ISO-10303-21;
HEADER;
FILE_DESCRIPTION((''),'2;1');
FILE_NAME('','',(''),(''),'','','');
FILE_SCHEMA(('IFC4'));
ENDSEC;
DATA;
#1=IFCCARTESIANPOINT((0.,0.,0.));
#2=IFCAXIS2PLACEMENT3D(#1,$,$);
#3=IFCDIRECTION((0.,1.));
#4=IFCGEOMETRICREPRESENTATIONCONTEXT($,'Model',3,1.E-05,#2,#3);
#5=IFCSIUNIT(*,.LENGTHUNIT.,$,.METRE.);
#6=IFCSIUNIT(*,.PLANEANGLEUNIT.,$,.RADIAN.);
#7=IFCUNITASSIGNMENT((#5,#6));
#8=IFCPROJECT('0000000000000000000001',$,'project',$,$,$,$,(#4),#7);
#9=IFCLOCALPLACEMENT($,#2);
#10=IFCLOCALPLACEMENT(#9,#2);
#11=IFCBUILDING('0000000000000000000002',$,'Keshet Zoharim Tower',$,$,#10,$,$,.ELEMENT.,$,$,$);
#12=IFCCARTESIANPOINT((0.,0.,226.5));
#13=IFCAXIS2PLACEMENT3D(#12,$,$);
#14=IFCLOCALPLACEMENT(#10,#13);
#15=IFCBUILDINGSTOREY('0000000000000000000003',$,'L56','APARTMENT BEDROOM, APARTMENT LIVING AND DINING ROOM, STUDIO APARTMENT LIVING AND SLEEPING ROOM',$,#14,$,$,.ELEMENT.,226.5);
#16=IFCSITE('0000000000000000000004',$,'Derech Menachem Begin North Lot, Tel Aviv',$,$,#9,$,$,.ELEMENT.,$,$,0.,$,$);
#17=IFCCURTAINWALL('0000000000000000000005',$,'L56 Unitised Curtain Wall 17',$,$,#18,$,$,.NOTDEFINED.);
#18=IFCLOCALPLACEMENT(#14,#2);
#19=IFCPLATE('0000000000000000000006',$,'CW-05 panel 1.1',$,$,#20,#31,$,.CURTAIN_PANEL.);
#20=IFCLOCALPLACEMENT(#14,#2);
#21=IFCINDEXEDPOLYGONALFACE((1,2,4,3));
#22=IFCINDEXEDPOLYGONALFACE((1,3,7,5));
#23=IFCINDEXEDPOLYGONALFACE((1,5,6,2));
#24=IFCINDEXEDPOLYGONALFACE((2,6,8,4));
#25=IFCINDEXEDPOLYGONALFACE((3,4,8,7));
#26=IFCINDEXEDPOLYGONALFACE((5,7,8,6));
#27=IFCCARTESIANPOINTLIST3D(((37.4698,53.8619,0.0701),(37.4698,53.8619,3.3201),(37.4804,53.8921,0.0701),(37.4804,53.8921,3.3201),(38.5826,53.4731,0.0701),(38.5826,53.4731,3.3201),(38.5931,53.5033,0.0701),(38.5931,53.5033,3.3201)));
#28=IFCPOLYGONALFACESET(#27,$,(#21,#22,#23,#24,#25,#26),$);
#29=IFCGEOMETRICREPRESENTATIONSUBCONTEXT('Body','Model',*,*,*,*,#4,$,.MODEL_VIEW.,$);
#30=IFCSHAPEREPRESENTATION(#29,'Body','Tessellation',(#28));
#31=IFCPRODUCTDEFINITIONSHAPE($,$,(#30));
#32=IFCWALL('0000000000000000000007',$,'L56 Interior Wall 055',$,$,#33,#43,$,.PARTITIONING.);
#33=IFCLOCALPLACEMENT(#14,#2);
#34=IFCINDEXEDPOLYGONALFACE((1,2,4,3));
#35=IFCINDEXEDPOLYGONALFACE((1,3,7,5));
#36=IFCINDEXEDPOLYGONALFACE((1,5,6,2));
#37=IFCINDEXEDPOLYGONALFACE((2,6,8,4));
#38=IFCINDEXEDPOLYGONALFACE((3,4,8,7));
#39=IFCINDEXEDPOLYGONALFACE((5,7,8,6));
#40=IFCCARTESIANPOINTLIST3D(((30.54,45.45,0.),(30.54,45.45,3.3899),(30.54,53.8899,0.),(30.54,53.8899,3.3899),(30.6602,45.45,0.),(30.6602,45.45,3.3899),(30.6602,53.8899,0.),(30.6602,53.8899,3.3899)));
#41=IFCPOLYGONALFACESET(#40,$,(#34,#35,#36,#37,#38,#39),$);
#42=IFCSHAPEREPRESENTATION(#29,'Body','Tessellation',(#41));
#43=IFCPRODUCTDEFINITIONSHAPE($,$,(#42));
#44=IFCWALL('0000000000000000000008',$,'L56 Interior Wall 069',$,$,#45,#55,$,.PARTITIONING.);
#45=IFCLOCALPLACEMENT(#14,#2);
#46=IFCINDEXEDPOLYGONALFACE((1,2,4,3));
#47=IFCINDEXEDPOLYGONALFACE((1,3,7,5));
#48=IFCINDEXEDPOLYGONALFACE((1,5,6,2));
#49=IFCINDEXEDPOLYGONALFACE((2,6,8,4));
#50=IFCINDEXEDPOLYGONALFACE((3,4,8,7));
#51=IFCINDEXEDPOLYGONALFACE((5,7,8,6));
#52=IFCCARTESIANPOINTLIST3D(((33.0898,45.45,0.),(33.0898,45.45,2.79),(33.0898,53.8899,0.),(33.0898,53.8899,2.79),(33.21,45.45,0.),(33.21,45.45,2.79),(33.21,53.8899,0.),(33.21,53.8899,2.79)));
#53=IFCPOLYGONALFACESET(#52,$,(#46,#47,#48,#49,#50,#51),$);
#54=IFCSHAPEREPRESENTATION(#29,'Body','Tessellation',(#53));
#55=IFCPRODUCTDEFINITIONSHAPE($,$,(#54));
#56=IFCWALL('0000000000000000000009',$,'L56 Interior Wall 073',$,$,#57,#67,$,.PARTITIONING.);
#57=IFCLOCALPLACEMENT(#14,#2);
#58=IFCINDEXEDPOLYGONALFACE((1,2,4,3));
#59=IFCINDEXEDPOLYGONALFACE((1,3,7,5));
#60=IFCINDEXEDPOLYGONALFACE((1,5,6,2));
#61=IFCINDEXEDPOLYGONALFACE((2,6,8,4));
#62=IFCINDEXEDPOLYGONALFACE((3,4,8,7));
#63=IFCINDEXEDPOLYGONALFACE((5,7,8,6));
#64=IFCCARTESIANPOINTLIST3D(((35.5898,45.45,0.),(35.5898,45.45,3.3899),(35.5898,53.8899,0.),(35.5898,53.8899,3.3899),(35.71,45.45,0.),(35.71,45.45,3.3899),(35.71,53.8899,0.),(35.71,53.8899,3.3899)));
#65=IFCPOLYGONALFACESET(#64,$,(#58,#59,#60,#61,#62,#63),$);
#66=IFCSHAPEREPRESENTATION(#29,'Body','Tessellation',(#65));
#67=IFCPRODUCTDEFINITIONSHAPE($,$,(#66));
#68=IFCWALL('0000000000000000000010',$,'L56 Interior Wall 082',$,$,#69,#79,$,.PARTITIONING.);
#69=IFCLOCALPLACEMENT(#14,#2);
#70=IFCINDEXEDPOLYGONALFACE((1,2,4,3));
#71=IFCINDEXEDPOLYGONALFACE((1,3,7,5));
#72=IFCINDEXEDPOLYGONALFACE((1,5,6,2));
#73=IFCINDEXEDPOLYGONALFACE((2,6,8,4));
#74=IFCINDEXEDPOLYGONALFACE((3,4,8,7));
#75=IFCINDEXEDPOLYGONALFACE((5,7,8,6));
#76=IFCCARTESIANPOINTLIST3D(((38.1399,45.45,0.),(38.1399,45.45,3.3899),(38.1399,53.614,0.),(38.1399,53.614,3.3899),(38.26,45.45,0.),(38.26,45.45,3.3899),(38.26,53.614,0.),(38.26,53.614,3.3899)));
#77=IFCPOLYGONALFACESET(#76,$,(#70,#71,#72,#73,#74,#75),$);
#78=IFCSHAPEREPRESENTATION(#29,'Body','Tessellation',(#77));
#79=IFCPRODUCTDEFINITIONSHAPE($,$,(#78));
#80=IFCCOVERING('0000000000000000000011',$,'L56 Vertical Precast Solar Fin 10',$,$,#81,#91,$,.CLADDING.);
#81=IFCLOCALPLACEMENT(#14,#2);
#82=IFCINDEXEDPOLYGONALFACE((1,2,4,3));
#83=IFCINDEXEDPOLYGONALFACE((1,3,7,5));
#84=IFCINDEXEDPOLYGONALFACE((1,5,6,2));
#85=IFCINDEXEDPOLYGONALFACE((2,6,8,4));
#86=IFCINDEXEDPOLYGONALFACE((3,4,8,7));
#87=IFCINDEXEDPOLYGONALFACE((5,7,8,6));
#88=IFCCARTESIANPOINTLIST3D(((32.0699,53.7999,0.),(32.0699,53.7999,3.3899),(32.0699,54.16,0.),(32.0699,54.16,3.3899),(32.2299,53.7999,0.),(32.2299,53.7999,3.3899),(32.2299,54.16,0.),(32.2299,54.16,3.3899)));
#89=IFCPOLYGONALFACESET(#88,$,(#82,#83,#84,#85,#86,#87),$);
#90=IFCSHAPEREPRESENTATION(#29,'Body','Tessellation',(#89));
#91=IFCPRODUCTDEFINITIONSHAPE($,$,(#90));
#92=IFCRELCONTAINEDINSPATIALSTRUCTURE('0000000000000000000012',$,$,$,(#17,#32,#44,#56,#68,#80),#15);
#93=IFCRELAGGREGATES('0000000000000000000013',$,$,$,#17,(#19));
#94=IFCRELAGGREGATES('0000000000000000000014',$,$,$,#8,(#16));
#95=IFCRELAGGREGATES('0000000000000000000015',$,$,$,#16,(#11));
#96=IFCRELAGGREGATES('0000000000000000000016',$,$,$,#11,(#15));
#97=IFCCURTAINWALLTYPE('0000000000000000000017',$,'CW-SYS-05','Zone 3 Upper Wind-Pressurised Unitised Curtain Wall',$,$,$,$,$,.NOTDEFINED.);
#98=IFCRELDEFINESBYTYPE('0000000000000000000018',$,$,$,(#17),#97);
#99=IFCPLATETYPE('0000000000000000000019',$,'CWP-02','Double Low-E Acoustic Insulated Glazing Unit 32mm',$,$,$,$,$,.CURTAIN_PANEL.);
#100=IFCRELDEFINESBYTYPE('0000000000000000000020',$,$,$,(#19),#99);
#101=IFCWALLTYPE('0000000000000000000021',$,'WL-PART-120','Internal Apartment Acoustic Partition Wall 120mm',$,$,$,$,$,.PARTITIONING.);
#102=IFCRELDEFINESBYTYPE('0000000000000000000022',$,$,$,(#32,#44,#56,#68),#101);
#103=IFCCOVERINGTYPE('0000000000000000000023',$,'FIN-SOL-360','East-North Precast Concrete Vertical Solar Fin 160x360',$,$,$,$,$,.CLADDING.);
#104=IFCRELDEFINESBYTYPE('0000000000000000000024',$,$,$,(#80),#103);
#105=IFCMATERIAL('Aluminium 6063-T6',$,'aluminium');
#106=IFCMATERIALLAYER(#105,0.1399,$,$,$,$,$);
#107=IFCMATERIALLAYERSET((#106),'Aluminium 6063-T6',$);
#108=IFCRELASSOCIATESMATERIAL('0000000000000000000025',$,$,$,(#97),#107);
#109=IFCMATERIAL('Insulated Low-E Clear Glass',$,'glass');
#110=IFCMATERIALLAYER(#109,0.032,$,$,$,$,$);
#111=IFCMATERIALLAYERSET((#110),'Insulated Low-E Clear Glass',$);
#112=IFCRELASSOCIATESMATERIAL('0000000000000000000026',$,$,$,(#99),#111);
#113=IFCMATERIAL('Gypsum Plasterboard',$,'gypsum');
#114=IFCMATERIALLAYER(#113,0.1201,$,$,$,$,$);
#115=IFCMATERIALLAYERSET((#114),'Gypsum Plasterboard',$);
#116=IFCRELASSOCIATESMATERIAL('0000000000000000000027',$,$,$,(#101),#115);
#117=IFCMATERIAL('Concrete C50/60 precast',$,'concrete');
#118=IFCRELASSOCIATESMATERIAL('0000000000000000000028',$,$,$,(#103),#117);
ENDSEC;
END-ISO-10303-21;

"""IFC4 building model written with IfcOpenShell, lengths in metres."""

from ifc_helpers import new_model, si_unit, direction, frame, frame_2d, origin, origin_2d, place, context, subcontext, project, spatial, rectangle, extrude, material, layer, layer_set, type_object, element, aggregate, save


model = new_model("IFC4")

# Units and contexts
model_context = context("Model", 3, precision=1e-05, world=origin(), true_north=direction((0.0, 1.0)))
body_context = subcontext(model_context, "Body", "Model", "MODEL_VIEW")
ifc_project = project(units=[si_unit("LENGTHUNIT", "METRE"), si_unit("PLANEANGLEUNIT", "RADIAN")], contexts=[model_context])

# Site, building, storey
site_placement = place(None, origin())
site = spatial("IfcSite", under=ifc_project, at=site_placement, Name="Derech Menachem Begin North Lot, Tel Aviv", CompositionType="ELEMENT", RefElevation=0.0)
building_placement = place(site_placement, origin())
building = spatial("IfcBuilding", under=site, at=building_placement, Name="Keshet Zoharim Tower", CompositionType="ELEMENT")
storey_placement = place(building_placement, frame((0.0, 0.0, 226.5)))
storey = spatial("IfcBuildingStorey", under=building, at=storey_placement, Name="L56", Description="APARTMENT BEDROOM, APARTMENT LIVING AND DINING ROOM, STUDIO APARTMENT LIVING AND SLEEPING ROOM", CompositionType="ELEMENT", Elevation=226.5)

# Shared definitions
ifc_material_1 = material(Name="Aluminium 6063-T6", Category="aluminium")
ifc_layer_1 = layer(ifc_material_1, 0.1399)
ifc_layer_set_1 = layer_set([ifc_layer_1], Name="Aluminium 6063-T6")
curtain_wall_type = type_object("IfcCurtainWallType", Name="CW-SYS-05", Description="Zone 3 Upper Wind-Pressurised Unitised Curtain Wall", PredefinedType="NOTDEFINED", material=ifc_layer_set_1)

# Curtain wall
curtain_wall_1_placement = place(storey_placement, origin())
curtain_wall_1 = element("IfcCurtainWall", 1, at=curtain_wall_1_placement, inside=storey, type_object=curtain_wall_type, Name="L56 Unitised Curtain Wall 17", PredefinedType="NOTDEFINED")

# Plate
ifc_material_2 = material(Name="Insulated Low-E Clear Glass", Category="glass")
ifc_layer_2 = layer(ifc_material_2, 0.032)
ifc_layer_set_2 = layer_set([ifc_layer_2], Name="Insulated Low-E Clear Glass")
plate_type = type_object("IfcPlateType", Name="CWP-02", Description="Double Low-E Acoustic Insulated Glazing Unit 32mm", PredefinedType="CURTAIN_PANEL", material=ifc_layer_set_2)
plate_1_placement = place(storey_placement, frame((38.0315, 53.6826, 0.0701), z_axis=(0.0, 0.0, 1.0), x_axis=(0.944036, -0.329844, 0.0)))
plate_1 = element("IfcPlate", 2, at=plate_1_placement, type_object=plate_type, Name="CW-05 panel 1.1", PredefinedType="CURTAIN_PANEL", context=body_context, shape_type="SweptSolid", body=[
    extrude(rectangle(XDim=1.1787, YDim=0.032, at=origin_2d()), origin(), (0.0, 0.0, 1.0), 3.25),
])
aggregate(curtain_wall_1, [plate_1])

# Walls
ifc_material_3 = material(Name="Gypsum Plasterboard", Category="gypsum")
ifc_layer_3 = layer(ifc_material_3, 0.1201)
ifc_layer_set_3 = layer_set([ifc_layer_3], Name="Gypsum Plasterboard")
wall_type = type_object("IfcWallType", Name="WL-PART-120", Description="Internal Apartment Acoustic Partition Wall 120mm", PredefinedType="PARTITIONING", material=ifc_layer_set_3)
wall_1_placement = place(storey_placement, frame((30.6001, 45.45, 0.0), z_axis=(0.0, 0.0, 1.0), x_axis=(0.0, 1.0, 0.0)))
element("IfcWall", 3, at=wall_1_placement, inside=storey, type_object=wall_type, Name="L56 Interior Wall 055", PredefinedType="PARTITIONING", context=body_context, shape_type="SweptSolid", body=[
    extrude(rectangle(XDim=8.4399, YDim=0.1201, at=frame_2d((4.22, 0.0))), origin(), (0.0, 0.0, 1.0), 3.3899),
])
wall_2_placement = place(storey_placement, frame((33.1499, 45.45, 0.0), z_axis=(0.0, 0.0, 1.0), x_axis=(0.0, 1.0, 0.0)))
element("IfcWall", 4, at=wall_2_placement, inside=storey, type_object=wall_type, Name="L56 Interior Wall 069", PredefinedType="PARTITIONING", context=body_context, shape_type="SweptSolid", body=[
    extrude(rectangle(XDim=8.4399, YDim=0.1201, at=frame_2d((4.22, 0.0))), origin(), (0.0, 0.0, 1.0), 2.79),
])
wall_3_placement = place(storey_placement, frame((35.6499, 45.45, 0.0), z_axis=(0.0, 0.0, 1.0), x_axis=(0.0, 1.0, 0.0)))
element("IfcWall", 5, at=wall_3_placement, inside=storey, type_object=wall_type, Name="L56 Interior Wall 073", PredefinedType="PARTITIONING", context=body_context, shape_type="SweptSolid", body=[
    extrude(rectangle(XDim=8.4399, YDim=0.1201, at=frame_2d((4.22, 0.0))), origin(), (0.0, 0.0, 1.0), 3.3899),
])
wall_4_placement = place(storey_placement, frame((38.2, 45.45, 0.0), z_axis=(0.0, 0.0, 1.0), x_axis=(0.0, 1.0, 0.0)))
element("IfcWall", 6, at=wall_4_placement, inside=storey, type_object=wall_type, Name="L56 Interior Wall 082", PredefinedType="PARTITIONING", context=body_context, shape_type="SweptSolid", body=[
    extrude(rectangle(XDim=8.1641, YDim=0.1201, at=frame_2d((4.082, 0.0))), origin(), (0.0, 0.0, 1.0), 3.3899),
])

# Covering
ifc_material_4 = material(Name="Concrete C50/60 precast", Category="concrete")
covering_type = type_object("IfcCoveringType", Name="FIN-SOL-360", Description="East-North Precast Concrete Vertical Solar Fin 160x360", PredefinedType="CLADDING", material=ifc_material_4)
covering_placement = place(storey_placement, frame((32.1499, 53.98, 0.0), z_axis=(0.0, 0.0, 1.0), x_axis=(1.0, 0.0, 0.0)))
element("IfcCovering", 7, at=covering_placement, inside=storey, type_object=covering_type, Name="L56 Vertical Precast Solar Fin 10", PredefinedType="CLADDING", context=body_context, shape_type="SweptSolid", body=[
    extrude(rectangle(XDim=0.1599, YDim=0.3601, at=origin_2d()), origin(), (0.0, 0.0, 1.0), 3.3899),
])

save(model, "model.ifc")
